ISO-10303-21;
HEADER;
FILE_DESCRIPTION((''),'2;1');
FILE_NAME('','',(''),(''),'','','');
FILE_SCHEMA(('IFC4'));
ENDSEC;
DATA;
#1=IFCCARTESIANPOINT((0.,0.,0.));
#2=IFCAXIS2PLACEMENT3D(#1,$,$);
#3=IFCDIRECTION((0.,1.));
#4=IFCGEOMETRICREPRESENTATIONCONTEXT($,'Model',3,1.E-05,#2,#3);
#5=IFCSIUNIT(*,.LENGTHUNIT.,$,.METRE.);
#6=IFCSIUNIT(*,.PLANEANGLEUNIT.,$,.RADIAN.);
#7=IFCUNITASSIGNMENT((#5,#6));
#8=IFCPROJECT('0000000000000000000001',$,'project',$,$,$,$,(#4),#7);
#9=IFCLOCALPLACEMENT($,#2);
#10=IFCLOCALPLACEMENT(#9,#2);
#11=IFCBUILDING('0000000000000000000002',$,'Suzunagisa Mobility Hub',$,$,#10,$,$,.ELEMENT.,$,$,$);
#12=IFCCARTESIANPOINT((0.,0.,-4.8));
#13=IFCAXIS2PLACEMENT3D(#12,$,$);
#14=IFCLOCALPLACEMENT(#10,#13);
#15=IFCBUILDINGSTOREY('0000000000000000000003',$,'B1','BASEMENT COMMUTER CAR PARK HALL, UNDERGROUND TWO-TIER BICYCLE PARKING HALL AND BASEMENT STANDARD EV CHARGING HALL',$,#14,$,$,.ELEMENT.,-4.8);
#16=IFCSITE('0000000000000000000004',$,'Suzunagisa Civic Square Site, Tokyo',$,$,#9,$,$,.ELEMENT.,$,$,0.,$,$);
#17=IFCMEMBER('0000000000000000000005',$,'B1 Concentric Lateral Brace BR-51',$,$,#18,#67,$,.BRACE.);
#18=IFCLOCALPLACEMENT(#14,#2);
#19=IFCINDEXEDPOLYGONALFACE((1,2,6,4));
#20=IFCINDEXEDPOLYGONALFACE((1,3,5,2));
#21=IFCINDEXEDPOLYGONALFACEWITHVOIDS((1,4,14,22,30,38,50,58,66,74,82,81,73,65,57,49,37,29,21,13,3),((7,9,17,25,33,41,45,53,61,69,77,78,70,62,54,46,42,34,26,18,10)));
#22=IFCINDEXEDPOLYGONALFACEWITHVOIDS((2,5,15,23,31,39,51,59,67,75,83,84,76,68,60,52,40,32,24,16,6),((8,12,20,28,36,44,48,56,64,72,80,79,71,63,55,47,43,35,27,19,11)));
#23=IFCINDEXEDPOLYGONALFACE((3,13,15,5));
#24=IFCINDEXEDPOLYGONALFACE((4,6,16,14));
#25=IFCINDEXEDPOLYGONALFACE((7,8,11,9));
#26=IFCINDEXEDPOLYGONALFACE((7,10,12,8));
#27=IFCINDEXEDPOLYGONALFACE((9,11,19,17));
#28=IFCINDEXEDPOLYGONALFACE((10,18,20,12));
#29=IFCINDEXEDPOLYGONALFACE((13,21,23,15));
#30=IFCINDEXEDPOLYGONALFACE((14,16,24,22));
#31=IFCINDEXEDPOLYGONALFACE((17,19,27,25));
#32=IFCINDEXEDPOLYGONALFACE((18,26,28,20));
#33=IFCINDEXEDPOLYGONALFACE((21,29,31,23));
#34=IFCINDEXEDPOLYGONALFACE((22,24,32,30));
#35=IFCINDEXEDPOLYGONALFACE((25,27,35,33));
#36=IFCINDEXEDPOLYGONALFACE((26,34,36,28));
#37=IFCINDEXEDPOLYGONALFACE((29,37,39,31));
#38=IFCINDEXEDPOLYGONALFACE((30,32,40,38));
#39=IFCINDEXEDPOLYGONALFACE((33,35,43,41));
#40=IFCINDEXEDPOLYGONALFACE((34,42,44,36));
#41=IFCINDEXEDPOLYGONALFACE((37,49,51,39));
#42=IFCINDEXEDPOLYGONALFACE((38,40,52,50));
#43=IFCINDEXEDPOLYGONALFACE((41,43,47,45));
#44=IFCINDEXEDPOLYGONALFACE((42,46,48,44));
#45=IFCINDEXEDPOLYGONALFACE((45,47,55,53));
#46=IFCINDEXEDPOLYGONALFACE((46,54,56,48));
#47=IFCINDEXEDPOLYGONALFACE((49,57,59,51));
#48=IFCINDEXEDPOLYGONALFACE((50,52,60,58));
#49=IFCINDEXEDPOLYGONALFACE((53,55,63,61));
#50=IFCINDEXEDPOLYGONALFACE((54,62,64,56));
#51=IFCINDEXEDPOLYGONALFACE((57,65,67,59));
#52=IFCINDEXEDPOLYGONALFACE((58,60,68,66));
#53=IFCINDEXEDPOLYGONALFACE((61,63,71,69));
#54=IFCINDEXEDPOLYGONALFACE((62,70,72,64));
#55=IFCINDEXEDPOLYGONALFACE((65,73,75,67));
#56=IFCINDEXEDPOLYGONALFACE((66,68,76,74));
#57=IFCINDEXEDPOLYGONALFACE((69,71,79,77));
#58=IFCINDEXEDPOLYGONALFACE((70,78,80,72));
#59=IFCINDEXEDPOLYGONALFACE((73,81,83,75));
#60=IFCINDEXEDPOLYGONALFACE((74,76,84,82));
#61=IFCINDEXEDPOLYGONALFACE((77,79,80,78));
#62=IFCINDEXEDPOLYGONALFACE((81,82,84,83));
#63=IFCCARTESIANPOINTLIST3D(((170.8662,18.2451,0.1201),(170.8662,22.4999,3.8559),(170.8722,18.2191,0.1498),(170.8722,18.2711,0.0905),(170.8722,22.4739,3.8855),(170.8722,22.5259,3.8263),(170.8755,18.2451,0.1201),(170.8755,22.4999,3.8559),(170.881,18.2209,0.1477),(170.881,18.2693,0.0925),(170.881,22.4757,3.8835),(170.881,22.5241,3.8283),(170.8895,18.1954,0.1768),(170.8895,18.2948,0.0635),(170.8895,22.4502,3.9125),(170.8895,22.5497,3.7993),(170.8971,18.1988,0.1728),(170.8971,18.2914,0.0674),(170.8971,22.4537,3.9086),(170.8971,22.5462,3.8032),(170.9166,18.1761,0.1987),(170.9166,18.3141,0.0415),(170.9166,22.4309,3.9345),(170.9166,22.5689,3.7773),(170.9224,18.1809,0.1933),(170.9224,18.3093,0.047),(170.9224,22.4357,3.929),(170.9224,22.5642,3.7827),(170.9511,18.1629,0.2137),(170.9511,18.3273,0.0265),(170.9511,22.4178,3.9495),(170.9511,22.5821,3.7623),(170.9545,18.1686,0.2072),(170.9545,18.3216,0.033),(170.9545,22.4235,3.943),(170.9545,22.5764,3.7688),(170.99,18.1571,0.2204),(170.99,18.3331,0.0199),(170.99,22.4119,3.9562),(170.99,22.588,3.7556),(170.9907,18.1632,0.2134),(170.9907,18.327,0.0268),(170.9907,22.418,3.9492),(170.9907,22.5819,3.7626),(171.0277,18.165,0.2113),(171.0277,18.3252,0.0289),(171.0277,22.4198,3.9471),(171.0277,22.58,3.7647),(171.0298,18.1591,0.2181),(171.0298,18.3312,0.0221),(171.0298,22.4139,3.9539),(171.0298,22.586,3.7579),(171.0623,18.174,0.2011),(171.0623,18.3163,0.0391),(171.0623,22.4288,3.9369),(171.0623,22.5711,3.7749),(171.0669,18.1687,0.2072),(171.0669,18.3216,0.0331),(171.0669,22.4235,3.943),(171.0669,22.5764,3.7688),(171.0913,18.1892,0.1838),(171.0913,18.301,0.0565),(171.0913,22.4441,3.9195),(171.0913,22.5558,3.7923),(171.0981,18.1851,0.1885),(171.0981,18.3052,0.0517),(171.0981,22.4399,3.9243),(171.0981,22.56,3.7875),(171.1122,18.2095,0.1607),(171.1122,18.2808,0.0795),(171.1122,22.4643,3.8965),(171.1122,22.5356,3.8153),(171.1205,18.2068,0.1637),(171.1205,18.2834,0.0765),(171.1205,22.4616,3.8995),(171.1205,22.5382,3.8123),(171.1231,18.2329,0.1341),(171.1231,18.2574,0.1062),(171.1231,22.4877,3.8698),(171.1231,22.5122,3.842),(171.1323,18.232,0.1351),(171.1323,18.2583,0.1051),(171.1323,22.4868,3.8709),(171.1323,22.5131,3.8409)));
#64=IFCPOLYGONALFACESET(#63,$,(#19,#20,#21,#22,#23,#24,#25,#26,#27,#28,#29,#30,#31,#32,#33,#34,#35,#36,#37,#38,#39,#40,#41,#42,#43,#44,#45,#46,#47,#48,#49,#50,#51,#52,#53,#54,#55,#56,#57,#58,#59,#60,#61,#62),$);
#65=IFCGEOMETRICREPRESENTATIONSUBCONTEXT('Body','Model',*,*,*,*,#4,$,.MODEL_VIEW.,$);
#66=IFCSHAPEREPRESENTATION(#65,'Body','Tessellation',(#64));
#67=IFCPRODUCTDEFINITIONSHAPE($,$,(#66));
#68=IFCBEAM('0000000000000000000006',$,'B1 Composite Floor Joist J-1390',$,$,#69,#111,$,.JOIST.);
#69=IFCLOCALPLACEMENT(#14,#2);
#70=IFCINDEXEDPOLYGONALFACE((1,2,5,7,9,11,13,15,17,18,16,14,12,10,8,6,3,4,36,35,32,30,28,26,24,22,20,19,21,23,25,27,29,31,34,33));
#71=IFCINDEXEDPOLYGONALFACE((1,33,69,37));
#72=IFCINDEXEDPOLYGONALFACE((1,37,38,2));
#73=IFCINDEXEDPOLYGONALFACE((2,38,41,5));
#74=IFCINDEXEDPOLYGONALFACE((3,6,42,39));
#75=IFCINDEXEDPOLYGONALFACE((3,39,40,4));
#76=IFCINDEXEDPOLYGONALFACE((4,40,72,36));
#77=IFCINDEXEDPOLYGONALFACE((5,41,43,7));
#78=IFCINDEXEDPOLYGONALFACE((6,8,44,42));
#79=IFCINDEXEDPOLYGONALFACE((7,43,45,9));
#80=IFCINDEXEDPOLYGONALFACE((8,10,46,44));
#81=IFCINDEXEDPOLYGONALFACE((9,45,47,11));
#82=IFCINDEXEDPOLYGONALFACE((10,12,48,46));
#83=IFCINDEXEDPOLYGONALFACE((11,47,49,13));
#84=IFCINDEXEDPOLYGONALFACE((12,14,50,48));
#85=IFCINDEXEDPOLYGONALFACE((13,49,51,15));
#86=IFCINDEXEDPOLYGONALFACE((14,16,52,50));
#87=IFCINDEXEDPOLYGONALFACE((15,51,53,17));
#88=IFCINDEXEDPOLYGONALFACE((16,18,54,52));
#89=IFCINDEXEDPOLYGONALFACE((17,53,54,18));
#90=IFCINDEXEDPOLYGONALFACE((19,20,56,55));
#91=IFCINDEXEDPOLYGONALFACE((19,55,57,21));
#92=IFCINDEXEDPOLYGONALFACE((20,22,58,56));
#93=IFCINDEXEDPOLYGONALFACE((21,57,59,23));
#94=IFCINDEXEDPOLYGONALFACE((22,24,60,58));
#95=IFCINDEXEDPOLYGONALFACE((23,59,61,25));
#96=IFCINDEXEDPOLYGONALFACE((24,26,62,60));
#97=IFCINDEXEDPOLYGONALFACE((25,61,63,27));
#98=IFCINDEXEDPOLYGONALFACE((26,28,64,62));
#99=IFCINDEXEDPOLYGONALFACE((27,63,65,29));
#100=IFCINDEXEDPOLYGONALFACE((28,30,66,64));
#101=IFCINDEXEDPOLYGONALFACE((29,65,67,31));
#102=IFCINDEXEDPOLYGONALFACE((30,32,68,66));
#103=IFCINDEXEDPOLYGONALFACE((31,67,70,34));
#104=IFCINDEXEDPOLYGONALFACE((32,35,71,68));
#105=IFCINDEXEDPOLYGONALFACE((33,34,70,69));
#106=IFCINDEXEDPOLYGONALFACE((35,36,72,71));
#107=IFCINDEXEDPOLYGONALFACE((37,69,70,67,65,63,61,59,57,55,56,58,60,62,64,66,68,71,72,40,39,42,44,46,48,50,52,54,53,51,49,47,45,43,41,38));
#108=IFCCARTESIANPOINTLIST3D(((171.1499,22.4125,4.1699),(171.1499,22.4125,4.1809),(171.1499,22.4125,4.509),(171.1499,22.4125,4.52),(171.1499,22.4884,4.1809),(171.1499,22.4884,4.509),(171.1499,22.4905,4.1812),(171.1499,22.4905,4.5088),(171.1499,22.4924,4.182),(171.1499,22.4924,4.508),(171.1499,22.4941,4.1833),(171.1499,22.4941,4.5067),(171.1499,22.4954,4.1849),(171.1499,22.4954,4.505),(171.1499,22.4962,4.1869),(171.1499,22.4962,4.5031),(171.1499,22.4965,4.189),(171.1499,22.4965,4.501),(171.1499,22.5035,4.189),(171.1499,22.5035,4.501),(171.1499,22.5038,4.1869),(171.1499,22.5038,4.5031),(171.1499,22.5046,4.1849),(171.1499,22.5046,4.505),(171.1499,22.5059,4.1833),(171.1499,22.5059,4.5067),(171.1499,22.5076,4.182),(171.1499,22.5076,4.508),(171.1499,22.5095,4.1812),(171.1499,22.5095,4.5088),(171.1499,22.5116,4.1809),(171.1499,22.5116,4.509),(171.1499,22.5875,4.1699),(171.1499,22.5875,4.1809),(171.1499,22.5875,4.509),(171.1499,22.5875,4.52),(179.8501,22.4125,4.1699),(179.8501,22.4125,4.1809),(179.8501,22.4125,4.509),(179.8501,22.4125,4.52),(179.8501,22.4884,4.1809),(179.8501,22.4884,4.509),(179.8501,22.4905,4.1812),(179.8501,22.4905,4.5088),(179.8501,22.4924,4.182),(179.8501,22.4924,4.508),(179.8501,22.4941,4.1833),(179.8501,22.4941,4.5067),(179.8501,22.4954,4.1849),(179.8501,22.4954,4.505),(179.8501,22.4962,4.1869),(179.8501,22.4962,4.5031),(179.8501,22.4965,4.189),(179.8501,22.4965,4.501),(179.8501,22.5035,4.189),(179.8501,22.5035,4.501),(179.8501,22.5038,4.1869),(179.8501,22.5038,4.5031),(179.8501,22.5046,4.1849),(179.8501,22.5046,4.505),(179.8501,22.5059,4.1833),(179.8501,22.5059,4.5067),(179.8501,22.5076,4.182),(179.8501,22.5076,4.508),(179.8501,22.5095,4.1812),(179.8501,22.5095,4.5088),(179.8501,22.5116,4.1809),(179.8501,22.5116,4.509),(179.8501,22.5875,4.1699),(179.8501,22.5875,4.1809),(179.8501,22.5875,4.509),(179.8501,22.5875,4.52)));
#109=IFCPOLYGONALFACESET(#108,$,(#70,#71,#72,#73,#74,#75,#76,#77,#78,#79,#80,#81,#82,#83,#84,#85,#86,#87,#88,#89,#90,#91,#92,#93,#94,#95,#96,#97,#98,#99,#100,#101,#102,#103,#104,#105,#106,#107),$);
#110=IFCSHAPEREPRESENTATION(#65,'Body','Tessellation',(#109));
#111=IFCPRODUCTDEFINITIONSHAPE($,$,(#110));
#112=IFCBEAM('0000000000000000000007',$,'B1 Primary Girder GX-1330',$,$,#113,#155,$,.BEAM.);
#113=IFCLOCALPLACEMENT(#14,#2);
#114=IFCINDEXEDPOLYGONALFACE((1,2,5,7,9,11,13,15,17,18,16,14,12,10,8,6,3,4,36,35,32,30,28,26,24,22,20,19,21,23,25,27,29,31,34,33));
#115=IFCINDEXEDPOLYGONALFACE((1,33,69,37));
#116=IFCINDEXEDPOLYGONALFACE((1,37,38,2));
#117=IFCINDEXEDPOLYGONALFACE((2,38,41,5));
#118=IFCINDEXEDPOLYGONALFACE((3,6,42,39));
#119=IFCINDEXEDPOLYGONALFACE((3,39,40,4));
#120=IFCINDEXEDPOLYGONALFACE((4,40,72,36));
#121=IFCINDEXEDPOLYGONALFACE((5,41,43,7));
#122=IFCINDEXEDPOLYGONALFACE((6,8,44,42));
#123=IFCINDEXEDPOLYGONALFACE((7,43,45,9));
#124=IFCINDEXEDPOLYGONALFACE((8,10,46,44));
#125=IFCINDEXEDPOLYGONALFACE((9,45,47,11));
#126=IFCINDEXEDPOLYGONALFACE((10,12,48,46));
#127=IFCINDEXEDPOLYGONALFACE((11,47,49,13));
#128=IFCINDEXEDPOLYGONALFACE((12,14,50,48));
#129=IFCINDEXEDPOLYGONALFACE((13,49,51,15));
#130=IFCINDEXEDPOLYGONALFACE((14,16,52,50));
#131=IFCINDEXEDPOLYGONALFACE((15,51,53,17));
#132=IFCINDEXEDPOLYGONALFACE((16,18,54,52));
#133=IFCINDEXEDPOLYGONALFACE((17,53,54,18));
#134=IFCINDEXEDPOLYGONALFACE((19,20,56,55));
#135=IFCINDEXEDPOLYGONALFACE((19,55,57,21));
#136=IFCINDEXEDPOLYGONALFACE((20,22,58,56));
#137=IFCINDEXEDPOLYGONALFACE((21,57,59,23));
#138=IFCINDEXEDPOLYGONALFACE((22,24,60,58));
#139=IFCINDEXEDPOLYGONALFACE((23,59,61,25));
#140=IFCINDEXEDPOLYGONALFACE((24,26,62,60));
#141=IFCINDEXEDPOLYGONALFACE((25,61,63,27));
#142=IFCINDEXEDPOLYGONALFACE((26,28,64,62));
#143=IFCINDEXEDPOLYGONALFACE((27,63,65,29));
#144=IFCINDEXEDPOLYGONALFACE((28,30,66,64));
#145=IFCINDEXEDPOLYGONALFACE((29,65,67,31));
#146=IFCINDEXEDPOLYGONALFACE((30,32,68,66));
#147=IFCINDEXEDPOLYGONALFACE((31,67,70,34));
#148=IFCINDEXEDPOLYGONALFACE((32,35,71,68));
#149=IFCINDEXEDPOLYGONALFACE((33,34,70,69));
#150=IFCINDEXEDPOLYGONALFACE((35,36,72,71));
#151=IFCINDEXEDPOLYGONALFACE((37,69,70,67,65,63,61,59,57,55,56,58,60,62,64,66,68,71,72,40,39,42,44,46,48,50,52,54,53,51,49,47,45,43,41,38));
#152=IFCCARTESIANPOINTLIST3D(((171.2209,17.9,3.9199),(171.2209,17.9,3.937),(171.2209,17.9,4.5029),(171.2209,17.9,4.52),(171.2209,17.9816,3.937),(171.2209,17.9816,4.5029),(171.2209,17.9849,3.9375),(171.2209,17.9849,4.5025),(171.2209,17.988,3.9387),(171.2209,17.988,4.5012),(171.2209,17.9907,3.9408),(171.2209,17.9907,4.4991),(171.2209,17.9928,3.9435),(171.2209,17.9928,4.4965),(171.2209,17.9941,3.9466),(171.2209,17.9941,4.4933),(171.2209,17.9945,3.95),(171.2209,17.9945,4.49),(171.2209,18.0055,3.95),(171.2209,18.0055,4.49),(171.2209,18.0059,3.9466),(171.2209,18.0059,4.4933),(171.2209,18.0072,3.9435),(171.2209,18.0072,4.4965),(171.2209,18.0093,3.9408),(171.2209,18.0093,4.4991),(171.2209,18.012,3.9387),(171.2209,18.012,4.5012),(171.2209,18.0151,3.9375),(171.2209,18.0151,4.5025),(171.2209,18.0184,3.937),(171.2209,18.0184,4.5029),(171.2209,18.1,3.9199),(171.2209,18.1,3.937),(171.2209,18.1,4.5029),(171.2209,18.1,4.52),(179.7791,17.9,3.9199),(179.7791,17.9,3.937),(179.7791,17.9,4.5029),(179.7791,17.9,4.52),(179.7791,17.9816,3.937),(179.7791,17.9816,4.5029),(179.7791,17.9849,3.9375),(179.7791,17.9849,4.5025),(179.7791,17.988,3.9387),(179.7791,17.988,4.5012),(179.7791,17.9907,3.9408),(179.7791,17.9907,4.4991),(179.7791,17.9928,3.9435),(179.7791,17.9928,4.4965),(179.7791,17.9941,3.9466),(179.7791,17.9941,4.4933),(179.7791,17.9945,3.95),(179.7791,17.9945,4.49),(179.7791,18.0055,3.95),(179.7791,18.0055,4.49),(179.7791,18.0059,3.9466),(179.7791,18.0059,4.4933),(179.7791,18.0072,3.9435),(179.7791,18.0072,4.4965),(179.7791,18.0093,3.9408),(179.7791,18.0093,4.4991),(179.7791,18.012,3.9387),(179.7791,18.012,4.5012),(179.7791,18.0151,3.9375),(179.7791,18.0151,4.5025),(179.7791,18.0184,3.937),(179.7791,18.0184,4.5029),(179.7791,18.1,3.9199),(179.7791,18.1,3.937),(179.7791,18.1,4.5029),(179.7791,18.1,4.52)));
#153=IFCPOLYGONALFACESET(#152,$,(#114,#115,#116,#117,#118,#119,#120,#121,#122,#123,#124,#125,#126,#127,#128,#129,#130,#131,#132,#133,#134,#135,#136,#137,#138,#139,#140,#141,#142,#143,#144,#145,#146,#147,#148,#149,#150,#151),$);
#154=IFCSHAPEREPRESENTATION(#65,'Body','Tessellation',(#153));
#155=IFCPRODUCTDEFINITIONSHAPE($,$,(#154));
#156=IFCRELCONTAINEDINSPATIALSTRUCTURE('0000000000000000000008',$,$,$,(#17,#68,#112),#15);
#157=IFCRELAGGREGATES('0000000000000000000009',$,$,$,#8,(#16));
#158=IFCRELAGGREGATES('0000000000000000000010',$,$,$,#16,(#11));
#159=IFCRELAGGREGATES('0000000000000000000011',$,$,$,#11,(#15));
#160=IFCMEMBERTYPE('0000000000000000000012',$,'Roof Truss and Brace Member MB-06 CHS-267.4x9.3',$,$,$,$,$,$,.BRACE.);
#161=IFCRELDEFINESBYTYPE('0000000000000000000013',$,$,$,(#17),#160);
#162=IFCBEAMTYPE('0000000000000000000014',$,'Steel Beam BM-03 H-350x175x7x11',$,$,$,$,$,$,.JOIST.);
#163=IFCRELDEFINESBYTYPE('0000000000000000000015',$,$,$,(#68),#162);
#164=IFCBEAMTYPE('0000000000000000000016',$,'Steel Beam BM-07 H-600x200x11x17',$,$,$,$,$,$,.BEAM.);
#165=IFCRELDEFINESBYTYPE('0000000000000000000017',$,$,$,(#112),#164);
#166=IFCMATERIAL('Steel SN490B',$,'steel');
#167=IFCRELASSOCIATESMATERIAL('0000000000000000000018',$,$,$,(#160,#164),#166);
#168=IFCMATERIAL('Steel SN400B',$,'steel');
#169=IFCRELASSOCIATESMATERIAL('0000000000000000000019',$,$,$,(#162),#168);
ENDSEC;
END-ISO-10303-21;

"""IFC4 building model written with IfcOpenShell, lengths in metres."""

from ifc_helpers import new_model, si_unit, direction, frame, origin, origin_2d, place, context, subcontext, project, spatial, hollow_circle, i_section, extrude, material, material_profile, profile_set, type_object, element, save


model = new_model("IFC4")

# Units and contexts
model_context = context("Model", 3, precision=1e-05, world=origin(), true_north=direction((0.0, 1.0)))
body_context = subcontext(model_context, "Body", "Model", "MODEL_VIEW")
ifc_project = project(units=[si_unit("LENGTHUNIT", "METRE"), si_unit("PLANEANGLEUNIT", "RADIAN")], contexts=[model_context])

# Site, building, storey
site_placement = place(None, origin())
site = spatial("IfcSite", under=ifc_project, at=site_placement, Name="Suzunagisa Civic Square Site, Tokyo", CompositionType="ELEMENT", RefElevation=0.0)
building_placement = place(site_placement, origin())
building = spatial("IfcBuilding", under=site, at=building_placement, Name="Suzunagisa Mobility Hub", CompositionType="ELEMENT")
storey_placement = place(building_placement, frame((0.0, 0.0, -4.8)))
storey = spatial("IfcBuildingStorey", under=building, at=storey_placement, Name="B1", Description="BASEMENT COMMUTER CAR PARK HALL, UNDERGROUND TWO-TIER BICYCLE PARKING HALL AND BASEMENT STANDARD EV CHARGING HALL", CompositionType="ELEMENT", Elevation=-4.8)

# Shared definitions
ifc_material_1 = material(Name="Steel SN490B", Category="steel")

# Member
ifc_material_profile_1 = material_profile(ifc_material_1, hollow_circle(Radius=0.1338, WallThickness=0.0093, at=origin_2d()), Name="CHS-267.4x9.3")
ifc_profile_set_1 = profile_set([ifc_material_profile_1], Name="Steel SN490B")
member_type = type_object("IfcMemberType", Name="Roof Truss and Brace Member MB-06 CHS-267.4x9.3", PredefinedType="BRACE", material=ifc_profile_set_1)
member_placement = place(storey_placement, frame((171.0, 18.2451, 0.1201), z_axis=(0.0, 0.751454, 0.659786), x_axis=(-1.0, 0.0, 0.0)))
element("IfcMember", 1, at=member_placement, inside=storey, type_object=member_type, Name="B1 Concentric Lateral Brace BR-51", PredefinedType="BRACE", context=body_context, shape_type="SweptSolid", body=[
    extrude(hollow_circle(Radius=0.1338, WallThickness=0.0093, at=origin_2d()), origin(), (0.0, 0.0, 1.0), 5.6621),
])

# Beams
ifc_material_2 = material(Name="Steel SN400B", Category="steel")
ifc_material_profile_2 = material_profile(ifc_material_2, i_section(OverallWidth=0.175, OverallDepth=0.3501, WebThickness=0.0071, FlangeThickness=0.011, FilletRadius=0.0081, at=origin_2d()), Name="H-350x175x7x11")
ifc_profile_set_2 = profile_set([ifc_material_profile_2], Name="Steel SN400B")
beam_type_1 = type_object("IfcBeamType", Name="Steel Beam BM-03 H-350x175x7x11", PredefinedType="JOIST", material=ifc_profile_set_2)
beam_1_placement = place(storey_placement, frame((171.1499, 22.5, 4.345), z_axis=(1.0, 0.0, 0.0), x_axis=(0.0, 1.0, 0.0)))
element("IfcBeam", 2, at=beam_1_placement, inside=storey, type_object=beam_type_1, Name="B1 Composite Floor Joist J-1390", PredefinedType="JOIST", context=body_context, shape_type="SweptSolid", body=[
    extrude(i_section(OverallWidth=0.175, OverallDepth=0.3501, WebThickness=0.0071, FlangeThickness=0.011, FilletRadius=0.0081, at=origin_2d()), origin(), (0.0, 0.0, 1.0), 8.7002),
])
ifc_material_profile_3 = material_profile(ifc_material_1, i_section(OverallWidth=0.2, OverallDepth=0.6001, WebThickness=0.011, FlangeThickness=0.0171, FilletRadius=0.0129, at=origin_2d()), Name="H-600x200x11x17")
ifc_profile_set_3 = profile_set([ifc_material_profile_3], Name="Steel SN490B")
beam_type_2 = type_object("IfcBeamType", Name="Steel Beam BM-07 H-600x200x11x17", PredefinedType="BEAM", material=ifc_profile_set_3)
beam_2_placement = place(storey_placement, frame((171.2209, 18.0, 4.22), z_axis=(1.0, 0.0, 0.0), x_axis=(0.0, 1.0, 0.0)))
element("IfcBeam", 3, at=beam_2_placement, inside=storey, type_object=beam_type_2, Name="B1 Primary Girder GX-1330", PredefinedType="BEAM", context=body_context, shape_type="SweptSolid", body=[
    extrude(i_section(OverallWidth=0.2, OverallDepth=0.6001, WebThickness=0.011, FlangeThickness=0.0171, FilletRadius=0.0129, at=origin_2d()), origin(), (0.0, 0.0, 1.0), 8.5581),
])

save(model, "model.ifc")
